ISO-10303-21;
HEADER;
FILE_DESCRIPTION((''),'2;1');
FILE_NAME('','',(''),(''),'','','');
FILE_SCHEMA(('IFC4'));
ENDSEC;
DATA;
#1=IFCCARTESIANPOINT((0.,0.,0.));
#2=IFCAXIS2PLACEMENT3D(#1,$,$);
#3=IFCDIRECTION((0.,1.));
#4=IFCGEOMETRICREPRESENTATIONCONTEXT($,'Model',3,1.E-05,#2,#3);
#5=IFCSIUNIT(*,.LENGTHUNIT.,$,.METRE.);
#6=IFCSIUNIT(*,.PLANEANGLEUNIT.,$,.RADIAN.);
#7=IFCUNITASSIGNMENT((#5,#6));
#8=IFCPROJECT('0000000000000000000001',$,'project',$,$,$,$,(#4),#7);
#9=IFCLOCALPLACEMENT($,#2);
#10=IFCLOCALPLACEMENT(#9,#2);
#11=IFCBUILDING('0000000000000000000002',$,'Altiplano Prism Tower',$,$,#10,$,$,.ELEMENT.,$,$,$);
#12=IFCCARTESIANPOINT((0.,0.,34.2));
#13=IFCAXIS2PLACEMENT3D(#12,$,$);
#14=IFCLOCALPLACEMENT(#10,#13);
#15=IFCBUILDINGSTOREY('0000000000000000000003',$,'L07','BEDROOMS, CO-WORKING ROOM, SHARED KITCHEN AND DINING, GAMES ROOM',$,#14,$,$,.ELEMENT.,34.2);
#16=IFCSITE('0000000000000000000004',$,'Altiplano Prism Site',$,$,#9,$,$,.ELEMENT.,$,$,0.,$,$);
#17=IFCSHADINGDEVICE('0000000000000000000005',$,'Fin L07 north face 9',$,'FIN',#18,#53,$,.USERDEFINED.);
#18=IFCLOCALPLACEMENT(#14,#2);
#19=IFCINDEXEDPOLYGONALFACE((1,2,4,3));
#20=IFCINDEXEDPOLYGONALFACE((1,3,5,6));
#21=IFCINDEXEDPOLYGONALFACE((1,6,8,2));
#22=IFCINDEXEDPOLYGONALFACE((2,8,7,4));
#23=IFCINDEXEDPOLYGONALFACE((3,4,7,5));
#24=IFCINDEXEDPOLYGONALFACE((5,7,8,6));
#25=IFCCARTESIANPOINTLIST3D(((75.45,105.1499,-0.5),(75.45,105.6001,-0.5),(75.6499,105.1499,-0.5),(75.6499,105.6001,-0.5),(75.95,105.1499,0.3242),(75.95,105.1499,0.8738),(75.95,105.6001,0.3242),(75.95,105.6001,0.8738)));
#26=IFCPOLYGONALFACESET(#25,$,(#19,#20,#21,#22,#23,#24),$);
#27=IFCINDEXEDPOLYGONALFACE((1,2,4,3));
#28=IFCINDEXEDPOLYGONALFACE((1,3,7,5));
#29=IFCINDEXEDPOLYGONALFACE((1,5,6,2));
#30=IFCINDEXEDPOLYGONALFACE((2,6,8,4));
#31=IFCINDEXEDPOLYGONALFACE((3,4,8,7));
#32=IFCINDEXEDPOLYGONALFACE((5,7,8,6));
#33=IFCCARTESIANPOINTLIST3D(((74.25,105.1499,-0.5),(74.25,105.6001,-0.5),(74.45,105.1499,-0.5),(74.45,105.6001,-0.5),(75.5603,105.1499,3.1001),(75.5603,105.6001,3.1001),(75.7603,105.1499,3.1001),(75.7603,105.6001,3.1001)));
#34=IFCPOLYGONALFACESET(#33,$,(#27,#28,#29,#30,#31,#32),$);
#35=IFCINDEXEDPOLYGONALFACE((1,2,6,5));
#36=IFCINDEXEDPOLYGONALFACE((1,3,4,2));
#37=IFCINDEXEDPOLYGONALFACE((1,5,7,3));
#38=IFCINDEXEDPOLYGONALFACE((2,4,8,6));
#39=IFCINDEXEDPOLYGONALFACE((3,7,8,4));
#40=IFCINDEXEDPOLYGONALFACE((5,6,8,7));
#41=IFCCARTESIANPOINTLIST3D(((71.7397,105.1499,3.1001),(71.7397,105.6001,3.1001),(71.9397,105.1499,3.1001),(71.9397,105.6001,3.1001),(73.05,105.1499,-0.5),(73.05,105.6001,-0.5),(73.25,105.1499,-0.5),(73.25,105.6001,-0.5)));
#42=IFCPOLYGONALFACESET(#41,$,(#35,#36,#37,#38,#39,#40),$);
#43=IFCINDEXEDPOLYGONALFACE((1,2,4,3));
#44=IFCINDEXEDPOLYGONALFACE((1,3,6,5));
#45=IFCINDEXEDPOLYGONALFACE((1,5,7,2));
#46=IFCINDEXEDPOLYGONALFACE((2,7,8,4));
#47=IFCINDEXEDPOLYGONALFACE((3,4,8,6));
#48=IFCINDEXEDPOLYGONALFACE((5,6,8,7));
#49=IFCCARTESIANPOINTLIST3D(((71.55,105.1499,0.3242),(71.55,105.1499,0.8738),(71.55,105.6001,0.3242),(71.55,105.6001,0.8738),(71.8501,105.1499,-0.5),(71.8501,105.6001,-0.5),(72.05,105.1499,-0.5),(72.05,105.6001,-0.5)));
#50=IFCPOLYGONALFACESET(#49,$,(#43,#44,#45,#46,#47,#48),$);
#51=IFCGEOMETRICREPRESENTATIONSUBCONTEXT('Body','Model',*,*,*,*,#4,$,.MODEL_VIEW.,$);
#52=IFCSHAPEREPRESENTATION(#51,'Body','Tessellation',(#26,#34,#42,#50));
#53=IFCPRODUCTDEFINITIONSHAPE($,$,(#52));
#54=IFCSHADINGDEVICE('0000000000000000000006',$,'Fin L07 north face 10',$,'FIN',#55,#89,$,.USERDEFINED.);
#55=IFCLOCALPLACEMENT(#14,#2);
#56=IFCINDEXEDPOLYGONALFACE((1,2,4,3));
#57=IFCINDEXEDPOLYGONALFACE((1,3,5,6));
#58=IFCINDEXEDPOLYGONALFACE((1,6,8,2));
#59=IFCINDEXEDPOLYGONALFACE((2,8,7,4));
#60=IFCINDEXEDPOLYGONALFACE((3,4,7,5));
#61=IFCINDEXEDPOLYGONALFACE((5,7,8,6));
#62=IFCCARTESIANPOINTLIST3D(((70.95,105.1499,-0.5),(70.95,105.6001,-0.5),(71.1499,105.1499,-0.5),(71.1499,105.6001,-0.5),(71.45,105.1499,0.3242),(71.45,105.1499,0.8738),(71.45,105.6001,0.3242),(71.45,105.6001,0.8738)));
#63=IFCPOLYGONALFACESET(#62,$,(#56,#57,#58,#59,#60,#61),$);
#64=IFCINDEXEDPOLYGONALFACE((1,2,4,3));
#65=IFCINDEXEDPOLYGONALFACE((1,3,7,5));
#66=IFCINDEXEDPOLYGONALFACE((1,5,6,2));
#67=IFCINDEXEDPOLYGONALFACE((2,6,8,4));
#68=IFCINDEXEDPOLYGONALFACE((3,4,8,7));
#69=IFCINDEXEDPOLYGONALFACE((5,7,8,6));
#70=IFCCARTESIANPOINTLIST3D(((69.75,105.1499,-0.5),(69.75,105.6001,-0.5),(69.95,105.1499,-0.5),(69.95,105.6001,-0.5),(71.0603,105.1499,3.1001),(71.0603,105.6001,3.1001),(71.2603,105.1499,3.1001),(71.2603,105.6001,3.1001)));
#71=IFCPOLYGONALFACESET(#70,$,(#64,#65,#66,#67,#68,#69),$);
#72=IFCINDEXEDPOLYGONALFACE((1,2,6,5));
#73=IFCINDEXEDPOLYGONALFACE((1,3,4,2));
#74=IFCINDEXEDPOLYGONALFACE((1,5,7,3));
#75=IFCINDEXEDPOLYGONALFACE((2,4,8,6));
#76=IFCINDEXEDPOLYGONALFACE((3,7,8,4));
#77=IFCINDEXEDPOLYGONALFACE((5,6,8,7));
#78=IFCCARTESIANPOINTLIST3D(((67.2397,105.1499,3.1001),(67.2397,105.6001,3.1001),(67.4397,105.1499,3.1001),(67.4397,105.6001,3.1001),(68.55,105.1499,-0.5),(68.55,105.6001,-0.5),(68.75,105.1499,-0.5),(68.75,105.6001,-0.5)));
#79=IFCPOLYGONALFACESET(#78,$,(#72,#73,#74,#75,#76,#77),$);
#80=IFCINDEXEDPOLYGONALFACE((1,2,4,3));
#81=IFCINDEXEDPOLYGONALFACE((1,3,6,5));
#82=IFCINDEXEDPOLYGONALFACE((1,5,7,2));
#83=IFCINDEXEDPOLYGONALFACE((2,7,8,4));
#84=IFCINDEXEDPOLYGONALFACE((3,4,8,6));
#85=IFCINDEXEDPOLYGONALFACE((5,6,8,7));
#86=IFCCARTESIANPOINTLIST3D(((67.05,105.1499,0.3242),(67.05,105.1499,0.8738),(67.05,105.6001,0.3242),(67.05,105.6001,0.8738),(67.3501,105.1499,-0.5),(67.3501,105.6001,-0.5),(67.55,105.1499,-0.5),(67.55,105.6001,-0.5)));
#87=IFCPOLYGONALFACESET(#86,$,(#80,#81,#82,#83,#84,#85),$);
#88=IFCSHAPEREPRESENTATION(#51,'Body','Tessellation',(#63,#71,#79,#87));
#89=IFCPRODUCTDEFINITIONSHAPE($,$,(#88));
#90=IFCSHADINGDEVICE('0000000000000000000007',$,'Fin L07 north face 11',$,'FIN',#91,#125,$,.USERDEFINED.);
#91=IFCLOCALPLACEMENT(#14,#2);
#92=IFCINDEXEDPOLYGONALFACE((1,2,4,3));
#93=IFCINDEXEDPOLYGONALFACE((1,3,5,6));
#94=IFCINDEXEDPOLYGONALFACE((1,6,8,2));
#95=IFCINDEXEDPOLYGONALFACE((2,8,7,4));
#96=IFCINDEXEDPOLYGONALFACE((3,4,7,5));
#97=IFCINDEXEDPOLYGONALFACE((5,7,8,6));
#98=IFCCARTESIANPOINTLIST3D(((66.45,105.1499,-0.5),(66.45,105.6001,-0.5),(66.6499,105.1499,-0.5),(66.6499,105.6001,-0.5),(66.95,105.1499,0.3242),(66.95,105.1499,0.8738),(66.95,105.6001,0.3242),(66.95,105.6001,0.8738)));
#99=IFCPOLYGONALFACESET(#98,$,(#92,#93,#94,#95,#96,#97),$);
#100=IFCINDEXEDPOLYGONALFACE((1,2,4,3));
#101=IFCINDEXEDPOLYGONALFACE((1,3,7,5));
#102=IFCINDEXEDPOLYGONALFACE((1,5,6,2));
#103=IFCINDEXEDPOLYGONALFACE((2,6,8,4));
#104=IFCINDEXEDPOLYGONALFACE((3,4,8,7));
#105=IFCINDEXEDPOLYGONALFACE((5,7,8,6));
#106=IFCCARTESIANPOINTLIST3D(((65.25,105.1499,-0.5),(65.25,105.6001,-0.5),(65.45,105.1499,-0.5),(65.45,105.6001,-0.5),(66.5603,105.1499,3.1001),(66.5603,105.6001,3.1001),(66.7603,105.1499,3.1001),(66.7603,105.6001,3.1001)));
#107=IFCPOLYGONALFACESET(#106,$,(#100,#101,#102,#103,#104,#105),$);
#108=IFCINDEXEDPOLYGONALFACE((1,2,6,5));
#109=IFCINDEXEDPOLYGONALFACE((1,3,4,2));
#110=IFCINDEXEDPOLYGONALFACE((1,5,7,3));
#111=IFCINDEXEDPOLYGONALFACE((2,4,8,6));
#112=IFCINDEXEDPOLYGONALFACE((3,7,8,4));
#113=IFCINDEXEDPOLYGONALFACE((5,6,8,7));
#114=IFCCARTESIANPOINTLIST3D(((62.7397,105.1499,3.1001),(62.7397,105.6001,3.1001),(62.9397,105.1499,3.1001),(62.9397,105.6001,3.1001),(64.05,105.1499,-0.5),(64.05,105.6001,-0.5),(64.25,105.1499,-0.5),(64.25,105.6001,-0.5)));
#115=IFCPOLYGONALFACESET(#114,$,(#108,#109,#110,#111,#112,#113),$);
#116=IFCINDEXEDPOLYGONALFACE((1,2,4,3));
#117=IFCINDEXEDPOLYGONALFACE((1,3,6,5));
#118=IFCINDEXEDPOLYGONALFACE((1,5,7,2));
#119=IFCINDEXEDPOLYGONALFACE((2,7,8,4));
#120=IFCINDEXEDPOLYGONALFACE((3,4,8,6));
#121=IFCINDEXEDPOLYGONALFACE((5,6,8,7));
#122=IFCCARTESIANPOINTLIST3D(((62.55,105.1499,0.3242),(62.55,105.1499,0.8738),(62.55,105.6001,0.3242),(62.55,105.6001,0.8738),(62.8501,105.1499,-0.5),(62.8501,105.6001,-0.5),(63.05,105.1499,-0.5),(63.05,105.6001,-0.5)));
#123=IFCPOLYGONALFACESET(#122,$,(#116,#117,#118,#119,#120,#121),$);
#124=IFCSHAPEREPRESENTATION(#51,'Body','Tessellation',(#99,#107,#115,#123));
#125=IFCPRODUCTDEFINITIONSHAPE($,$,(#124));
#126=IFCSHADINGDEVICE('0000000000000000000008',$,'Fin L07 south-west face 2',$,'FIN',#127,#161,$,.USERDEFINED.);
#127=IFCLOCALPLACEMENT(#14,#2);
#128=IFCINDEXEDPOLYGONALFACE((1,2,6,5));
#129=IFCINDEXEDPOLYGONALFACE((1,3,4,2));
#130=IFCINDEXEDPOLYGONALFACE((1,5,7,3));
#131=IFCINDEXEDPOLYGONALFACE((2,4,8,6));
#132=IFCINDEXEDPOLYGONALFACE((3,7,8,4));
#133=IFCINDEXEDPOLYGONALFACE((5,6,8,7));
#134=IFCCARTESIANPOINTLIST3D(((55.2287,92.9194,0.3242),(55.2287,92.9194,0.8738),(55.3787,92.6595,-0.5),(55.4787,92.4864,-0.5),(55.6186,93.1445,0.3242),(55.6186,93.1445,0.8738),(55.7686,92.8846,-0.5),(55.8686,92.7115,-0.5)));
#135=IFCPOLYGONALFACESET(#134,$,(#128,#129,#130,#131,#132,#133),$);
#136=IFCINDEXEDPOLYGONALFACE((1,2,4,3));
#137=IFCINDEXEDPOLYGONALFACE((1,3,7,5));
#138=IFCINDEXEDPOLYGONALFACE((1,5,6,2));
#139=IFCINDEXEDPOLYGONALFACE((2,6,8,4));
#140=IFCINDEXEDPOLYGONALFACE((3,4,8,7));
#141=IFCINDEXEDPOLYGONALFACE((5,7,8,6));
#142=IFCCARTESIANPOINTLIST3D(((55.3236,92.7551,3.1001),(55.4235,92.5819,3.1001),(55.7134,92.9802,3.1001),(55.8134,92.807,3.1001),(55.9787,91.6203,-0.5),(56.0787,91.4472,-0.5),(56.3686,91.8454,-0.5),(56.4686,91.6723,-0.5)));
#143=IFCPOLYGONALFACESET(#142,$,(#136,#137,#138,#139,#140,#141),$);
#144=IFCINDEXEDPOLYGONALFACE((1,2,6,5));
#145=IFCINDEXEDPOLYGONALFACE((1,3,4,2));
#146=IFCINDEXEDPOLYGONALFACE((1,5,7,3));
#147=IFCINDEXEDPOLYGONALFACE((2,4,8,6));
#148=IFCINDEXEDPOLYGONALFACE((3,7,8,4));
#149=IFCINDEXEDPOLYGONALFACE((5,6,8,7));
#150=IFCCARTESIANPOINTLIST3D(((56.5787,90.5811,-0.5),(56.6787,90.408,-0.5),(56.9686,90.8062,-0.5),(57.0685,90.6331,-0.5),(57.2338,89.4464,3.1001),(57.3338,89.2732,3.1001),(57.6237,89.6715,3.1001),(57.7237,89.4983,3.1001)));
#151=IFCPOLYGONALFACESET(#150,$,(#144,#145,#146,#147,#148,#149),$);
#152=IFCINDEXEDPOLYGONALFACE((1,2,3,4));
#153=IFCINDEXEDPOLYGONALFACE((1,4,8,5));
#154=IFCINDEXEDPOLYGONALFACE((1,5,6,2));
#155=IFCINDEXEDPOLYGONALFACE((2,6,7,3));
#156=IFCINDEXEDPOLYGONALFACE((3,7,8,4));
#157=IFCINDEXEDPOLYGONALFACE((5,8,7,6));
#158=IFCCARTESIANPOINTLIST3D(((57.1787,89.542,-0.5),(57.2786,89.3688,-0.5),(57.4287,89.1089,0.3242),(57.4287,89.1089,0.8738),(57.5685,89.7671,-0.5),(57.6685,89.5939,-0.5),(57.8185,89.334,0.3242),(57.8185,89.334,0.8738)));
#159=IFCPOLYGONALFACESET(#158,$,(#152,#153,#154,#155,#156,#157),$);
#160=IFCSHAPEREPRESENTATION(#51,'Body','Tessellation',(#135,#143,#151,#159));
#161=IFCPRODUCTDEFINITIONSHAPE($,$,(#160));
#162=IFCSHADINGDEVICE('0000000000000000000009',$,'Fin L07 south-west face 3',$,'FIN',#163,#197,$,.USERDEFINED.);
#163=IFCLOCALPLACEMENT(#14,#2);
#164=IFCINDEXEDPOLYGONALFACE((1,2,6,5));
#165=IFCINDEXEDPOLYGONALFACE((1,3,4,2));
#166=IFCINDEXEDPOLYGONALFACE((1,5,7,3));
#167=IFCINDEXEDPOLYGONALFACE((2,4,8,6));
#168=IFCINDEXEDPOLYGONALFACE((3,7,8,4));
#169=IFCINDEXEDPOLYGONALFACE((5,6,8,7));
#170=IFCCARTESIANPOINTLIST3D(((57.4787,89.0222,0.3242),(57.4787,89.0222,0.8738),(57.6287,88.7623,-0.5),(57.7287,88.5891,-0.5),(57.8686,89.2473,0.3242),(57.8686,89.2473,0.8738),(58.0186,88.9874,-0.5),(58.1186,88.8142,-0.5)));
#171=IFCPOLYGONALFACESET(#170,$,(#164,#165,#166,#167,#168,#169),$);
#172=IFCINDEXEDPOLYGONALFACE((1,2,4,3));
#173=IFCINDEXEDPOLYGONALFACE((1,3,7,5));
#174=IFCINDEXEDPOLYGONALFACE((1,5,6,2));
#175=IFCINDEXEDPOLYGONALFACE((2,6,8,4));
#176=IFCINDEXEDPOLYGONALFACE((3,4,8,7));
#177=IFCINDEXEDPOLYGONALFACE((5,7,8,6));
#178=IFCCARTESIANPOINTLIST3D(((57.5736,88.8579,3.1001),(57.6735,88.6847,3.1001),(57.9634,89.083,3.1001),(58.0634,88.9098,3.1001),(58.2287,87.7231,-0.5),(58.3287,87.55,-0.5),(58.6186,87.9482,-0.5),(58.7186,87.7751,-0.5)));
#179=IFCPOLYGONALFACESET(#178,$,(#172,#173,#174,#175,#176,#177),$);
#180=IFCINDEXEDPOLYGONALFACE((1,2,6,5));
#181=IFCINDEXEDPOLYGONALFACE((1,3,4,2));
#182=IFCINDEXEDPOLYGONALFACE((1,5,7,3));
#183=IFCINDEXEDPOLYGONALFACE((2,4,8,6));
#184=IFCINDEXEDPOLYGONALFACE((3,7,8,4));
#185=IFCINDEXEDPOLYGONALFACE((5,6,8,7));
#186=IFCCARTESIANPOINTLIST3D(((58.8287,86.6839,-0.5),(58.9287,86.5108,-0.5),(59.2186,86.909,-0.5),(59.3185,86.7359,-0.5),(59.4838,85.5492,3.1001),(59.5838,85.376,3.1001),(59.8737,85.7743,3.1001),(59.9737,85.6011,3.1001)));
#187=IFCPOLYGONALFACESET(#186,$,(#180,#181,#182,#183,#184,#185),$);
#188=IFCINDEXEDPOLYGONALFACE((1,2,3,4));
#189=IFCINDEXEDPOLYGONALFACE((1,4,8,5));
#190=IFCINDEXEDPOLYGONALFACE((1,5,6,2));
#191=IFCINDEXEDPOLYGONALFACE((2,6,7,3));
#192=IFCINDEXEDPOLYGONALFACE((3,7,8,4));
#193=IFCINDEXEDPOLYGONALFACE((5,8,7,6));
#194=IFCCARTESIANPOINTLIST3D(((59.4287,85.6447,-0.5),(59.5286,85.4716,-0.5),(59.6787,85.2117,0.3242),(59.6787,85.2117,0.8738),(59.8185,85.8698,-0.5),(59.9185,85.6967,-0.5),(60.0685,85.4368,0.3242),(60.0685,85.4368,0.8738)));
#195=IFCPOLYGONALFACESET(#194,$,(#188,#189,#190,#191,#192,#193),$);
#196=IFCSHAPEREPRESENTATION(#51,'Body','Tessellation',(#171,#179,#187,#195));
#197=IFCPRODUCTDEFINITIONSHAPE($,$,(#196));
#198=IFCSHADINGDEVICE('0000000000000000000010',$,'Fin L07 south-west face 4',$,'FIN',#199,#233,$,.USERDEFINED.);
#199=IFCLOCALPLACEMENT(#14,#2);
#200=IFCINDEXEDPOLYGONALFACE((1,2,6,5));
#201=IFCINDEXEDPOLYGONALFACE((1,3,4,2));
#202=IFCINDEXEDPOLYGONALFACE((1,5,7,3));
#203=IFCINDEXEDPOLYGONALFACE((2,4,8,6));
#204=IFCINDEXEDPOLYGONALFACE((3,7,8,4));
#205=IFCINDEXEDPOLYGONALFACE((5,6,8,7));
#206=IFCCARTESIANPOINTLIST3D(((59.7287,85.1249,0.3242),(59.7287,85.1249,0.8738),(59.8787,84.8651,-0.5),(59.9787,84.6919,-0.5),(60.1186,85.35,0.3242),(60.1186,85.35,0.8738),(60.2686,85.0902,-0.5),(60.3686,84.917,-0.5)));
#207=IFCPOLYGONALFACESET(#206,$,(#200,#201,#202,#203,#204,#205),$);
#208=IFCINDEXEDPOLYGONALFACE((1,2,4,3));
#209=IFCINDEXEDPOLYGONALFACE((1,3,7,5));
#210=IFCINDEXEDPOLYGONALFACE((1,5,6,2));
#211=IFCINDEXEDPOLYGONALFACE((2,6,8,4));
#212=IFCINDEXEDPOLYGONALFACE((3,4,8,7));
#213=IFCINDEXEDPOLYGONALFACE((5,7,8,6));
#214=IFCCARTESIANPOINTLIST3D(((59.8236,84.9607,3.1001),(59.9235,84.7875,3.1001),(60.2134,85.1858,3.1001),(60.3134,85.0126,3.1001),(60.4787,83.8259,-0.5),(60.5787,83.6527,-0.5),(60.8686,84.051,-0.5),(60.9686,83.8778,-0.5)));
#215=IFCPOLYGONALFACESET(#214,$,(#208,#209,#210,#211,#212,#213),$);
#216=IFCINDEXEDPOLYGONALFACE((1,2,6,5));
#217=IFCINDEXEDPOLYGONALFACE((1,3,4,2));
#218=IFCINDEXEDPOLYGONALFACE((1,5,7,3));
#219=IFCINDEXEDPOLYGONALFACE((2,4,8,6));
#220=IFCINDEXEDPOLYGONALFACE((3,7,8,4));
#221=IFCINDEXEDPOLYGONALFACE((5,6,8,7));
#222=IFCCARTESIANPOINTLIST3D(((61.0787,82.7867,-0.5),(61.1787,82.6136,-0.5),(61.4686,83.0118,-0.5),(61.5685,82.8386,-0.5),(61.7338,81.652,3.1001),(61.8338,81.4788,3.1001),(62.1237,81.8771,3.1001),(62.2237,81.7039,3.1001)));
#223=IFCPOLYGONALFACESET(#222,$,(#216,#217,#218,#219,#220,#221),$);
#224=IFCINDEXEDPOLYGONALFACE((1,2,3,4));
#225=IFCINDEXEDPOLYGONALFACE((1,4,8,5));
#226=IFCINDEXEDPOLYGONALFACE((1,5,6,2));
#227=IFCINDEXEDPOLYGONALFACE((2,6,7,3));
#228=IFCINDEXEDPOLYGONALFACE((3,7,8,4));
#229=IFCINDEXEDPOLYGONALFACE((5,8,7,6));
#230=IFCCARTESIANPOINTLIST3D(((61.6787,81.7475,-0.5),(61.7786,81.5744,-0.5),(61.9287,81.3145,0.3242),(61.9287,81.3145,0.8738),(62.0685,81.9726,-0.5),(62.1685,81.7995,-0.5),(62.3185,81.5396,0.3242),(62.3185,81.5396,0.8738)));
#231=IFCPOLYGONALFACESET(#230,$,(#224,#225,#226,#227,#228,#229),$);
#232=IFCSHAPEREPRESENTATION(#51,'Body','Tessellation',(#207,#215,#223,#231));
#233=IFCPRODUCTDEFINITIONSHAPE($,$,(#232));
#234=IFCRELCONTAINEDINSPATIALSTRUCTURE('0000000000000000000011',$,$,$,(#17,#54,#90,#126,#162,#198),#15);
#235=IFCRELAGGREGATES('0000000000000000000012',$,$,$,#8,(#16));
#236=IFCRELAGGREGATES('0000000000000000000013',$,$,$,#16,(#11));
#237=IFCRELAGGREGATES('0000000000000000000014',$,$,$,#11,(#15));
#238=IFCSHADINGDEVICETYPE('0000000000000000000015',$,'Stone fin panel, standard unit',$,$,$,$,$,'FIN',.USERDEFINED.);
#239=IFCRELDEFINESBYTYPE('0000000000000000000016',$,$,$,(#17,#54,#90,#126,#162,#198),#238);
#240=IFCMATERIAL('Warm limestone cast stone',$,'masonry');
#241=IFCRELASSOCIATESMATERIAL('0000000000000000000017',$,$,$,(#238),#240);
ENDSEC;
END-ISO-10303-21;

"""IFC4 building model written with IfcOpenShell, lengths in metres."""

from ifc_helpers import new_model, si_unit, direction, frame, origin, place, context, subcontext, project, spatial, polyline, outline, extrude, source, transform, mapped, material, type_object, element, save


model = new_model("IFC4")

# Units and contexts
model_context = context("Model", 3, precision=1e-05, world=origin(), true_north=direction((0.0, 1.0)))
body_context = subcontext(model_context, "Body", "Model", "MODEL_VIEW")
ifc_project = project(units=[si_unit("LENGTHUNIT", "METRE"), si_unit("PLANEANGLEUNIT", "RADIAN")], contexts=[model_context])

# Site, building, storey
site_placement = place(None, origin())
site = spatial("IfcSite", under=ifc_project, at=site_placement, Name="Altiplano Prism Site", CompositionType="ELEMENT", RefElevation=0.0)
building_placement = place(site_placement, origin())
building = spatial("IfcBuilding", under=site, at=building_placement, Name="Altiplano Prism Tower", CompositionType="ELEMENT")
storey_placement = place(building_placement, frame((0.0, 0.0, 34.2)))
storey = spatial("IfcBuildingStorey", under=building, at=storey_placement, Name="L07", Description="BEDROOMS, CO-WORKING ROOM, SHARED KITCHEN AND DINING, GAMES ROOM", CompositionType="ELEMENT", Elevation=34.2)

# Shading devices
ifc_material_1 = material(Name="Warm limestone cast stone", Category="masonry")
shading_device_type_1 = type_object("IfcShadingDeviceType", Name="Stone fin panel, standard unit", ElementType="FIN", PredefinedType="USERDEFINED", material=ifc_material_1)
shared_shape_1 = source(origin(), body_context, "Body", "SweptSolid", [
    extrude(outline(polyline([(-2.2, 1.3738), (-2.2, 0.8242), (-1.8999, 0.0), (-1.7, 0.0), (-2.2, 1.3738)])), frame((0.0, -0.1499, 0.0), z_axis=(0.0, -1.0, 0.0), x_axis=(1.0, 0.0, 0.0)), (0.0, 0.0, 1.0), 0.4502),
    extrude(outline(polyline([(-2.0103, 3.6001), (-0.7, 0.0), (-0.5, 0.0), (-1.8103, 3.6001), (-2.0103, 3.6001)])), frame((0.0, -0.1499, 0.0), z_axis=(0.0, -1.0, 0.0), x_axis=(1.0, 0.0, 0.0)), (0.0, 0.0, 1.0), 0.4502),
    extrude(outline(polyline([(1.8103, 3.6001), (0.5, 0.0), (0.7, 0.0), (2.0103, 3.6001), (1.8103, 3.6001)])), frame((0.0, -0.1499, 0.0), z_axis=(0.0, -1.0, 0.0), x_axis=(1.0, 0.0, 0.0)), (0.0, 0.0, 1.0), 0.4502),
    extrude(outline(polyline([(2.2, 0.8242), (2.2, 1.3738), (1.7, 0.0), (1.8999, 0.0), (2.2, 0.8242)])), frame((0.0, -0.1499, 0.0), z_axis=(0.0, -1.0, 0.0), x_axis=(1.0, 0.0, 0.0)), (0.0, 0.0, 1.0), 0.4502),
])
shading_device_1_placement = place(storey_placement, origin())
element("IfcShadingDevice", 1, at=shading_device_1_placement, inside=storey, type_object=shading_device_type_1, Name="Fin L07 north face 9", ObjectType="FIN", PredefinedType="USERDEFINED", context=body_context, shape_type="MappedRepresentation", body=[
    mapped(shared_shape_1, transform((73.75, 105.0, -0.5), x_axis=(-1.0, 0.0, 0.0), y_axis=(0.0, -1.0, 0.0), z_axis=(0.0, 0.0, 1.0))),
])
shading_device_2_placement = place(storey_placement, origin())
element("IfcShadingDevice", 2, at=shading_device_2_placement, inside=storey, type_object=shading_device_type_1, Name="Fin L07 north face 10", ObjectType="FIN", PredefinedType="USERDEFINED", context=body_context, shape_type="MappedRepresentation", body=[
    mapped(shared_shape_1, transform((69.25, 105.0, -0.5), x_axis=(-1.0, 0.0, 0.0), y_axis=(0.0, -1.0, 0.0), z_axis=(0.0, 0.0, 1.0))),
])
shading_device_3_placement = place(storey_placement, origin())
element("IfcShadingDevice", 3, at=shading_device_3_placement, inside=storey, type_object=shading_device_type_1, Name="Fin L07 north face 11", ObjectType="FIN", PredefinedType="USERDEFINED", context=body_context, shape_type="MappedRepresentation", body=[
    mapped(shared_shape_1, transform((64.75, 105.0, -0.5), x_axis=(-1.0, 0.0, 0.0), y_axis=(0.0, -1.0, 0.0), z_axis=(0.0, 0.0, 1.0))),
])
shading_device_4_placement = place(storey_placement, origin())
element("IfcShadingDevice", 4, at=shading_device_4_placement, inside=storey, type_object=shading_device_type_1, Name="Fin L07 south-west face 2", ObjectType="FIN", PredefinedType="USERDEFINED", context=body_context, shape_type="MappedRepresentation", body=[
    mapped(shared_shape_1, transform((56.8484, 91.3142, -0.5), x_axis=(0.5, -0.866025, 0.0), y_axis=(0.866025, 0.5, 0.0), z_axis=(0.0, 0.0, 1.0))),
])
shading_device_5_placement = place(storey_placement, origin())
element("IfcShadingDevice", 5, at=shading_device_5_placement, inside=storey, type_object=shading_device_type_1, Name="Fin L07 south-west face 3", ObjectType="FIN", PredefinedType="USERDEFINED", context=body_context, shape_type="MappedRepresentation", body=[
    mapped(shared_shape_1, transform((59.0984, 87.417, -0.5), x_axis=(0.5, -0.866025, 0.0), y_axis=(0.866025, 0.5, 0.0), z_axis=(0.0, 0.0, 1.0))),
])
shading_device_6_placement = place(storey_placement, origin())
element("IfcShadingDevice", 6, at=shading_device_6_placement, inside=storey, type_object=shading_device_type_1, Name="Fin L07 south-west face 4", ObjectType="FIN", PredefinedType="USERDEFINED", context=body_context, shape_type="MappedRepresentation", body=[
    mapped(shared_shape_1, transform((61.3484, 83.5198, -0.5), x_axis=(0.5, -0.866025, 0.0), y_axis=(0.866025, 0.5, 0.0), z_axis=(0.0, 0.0, 1.0))),
])

save(model, "model.ifc")
